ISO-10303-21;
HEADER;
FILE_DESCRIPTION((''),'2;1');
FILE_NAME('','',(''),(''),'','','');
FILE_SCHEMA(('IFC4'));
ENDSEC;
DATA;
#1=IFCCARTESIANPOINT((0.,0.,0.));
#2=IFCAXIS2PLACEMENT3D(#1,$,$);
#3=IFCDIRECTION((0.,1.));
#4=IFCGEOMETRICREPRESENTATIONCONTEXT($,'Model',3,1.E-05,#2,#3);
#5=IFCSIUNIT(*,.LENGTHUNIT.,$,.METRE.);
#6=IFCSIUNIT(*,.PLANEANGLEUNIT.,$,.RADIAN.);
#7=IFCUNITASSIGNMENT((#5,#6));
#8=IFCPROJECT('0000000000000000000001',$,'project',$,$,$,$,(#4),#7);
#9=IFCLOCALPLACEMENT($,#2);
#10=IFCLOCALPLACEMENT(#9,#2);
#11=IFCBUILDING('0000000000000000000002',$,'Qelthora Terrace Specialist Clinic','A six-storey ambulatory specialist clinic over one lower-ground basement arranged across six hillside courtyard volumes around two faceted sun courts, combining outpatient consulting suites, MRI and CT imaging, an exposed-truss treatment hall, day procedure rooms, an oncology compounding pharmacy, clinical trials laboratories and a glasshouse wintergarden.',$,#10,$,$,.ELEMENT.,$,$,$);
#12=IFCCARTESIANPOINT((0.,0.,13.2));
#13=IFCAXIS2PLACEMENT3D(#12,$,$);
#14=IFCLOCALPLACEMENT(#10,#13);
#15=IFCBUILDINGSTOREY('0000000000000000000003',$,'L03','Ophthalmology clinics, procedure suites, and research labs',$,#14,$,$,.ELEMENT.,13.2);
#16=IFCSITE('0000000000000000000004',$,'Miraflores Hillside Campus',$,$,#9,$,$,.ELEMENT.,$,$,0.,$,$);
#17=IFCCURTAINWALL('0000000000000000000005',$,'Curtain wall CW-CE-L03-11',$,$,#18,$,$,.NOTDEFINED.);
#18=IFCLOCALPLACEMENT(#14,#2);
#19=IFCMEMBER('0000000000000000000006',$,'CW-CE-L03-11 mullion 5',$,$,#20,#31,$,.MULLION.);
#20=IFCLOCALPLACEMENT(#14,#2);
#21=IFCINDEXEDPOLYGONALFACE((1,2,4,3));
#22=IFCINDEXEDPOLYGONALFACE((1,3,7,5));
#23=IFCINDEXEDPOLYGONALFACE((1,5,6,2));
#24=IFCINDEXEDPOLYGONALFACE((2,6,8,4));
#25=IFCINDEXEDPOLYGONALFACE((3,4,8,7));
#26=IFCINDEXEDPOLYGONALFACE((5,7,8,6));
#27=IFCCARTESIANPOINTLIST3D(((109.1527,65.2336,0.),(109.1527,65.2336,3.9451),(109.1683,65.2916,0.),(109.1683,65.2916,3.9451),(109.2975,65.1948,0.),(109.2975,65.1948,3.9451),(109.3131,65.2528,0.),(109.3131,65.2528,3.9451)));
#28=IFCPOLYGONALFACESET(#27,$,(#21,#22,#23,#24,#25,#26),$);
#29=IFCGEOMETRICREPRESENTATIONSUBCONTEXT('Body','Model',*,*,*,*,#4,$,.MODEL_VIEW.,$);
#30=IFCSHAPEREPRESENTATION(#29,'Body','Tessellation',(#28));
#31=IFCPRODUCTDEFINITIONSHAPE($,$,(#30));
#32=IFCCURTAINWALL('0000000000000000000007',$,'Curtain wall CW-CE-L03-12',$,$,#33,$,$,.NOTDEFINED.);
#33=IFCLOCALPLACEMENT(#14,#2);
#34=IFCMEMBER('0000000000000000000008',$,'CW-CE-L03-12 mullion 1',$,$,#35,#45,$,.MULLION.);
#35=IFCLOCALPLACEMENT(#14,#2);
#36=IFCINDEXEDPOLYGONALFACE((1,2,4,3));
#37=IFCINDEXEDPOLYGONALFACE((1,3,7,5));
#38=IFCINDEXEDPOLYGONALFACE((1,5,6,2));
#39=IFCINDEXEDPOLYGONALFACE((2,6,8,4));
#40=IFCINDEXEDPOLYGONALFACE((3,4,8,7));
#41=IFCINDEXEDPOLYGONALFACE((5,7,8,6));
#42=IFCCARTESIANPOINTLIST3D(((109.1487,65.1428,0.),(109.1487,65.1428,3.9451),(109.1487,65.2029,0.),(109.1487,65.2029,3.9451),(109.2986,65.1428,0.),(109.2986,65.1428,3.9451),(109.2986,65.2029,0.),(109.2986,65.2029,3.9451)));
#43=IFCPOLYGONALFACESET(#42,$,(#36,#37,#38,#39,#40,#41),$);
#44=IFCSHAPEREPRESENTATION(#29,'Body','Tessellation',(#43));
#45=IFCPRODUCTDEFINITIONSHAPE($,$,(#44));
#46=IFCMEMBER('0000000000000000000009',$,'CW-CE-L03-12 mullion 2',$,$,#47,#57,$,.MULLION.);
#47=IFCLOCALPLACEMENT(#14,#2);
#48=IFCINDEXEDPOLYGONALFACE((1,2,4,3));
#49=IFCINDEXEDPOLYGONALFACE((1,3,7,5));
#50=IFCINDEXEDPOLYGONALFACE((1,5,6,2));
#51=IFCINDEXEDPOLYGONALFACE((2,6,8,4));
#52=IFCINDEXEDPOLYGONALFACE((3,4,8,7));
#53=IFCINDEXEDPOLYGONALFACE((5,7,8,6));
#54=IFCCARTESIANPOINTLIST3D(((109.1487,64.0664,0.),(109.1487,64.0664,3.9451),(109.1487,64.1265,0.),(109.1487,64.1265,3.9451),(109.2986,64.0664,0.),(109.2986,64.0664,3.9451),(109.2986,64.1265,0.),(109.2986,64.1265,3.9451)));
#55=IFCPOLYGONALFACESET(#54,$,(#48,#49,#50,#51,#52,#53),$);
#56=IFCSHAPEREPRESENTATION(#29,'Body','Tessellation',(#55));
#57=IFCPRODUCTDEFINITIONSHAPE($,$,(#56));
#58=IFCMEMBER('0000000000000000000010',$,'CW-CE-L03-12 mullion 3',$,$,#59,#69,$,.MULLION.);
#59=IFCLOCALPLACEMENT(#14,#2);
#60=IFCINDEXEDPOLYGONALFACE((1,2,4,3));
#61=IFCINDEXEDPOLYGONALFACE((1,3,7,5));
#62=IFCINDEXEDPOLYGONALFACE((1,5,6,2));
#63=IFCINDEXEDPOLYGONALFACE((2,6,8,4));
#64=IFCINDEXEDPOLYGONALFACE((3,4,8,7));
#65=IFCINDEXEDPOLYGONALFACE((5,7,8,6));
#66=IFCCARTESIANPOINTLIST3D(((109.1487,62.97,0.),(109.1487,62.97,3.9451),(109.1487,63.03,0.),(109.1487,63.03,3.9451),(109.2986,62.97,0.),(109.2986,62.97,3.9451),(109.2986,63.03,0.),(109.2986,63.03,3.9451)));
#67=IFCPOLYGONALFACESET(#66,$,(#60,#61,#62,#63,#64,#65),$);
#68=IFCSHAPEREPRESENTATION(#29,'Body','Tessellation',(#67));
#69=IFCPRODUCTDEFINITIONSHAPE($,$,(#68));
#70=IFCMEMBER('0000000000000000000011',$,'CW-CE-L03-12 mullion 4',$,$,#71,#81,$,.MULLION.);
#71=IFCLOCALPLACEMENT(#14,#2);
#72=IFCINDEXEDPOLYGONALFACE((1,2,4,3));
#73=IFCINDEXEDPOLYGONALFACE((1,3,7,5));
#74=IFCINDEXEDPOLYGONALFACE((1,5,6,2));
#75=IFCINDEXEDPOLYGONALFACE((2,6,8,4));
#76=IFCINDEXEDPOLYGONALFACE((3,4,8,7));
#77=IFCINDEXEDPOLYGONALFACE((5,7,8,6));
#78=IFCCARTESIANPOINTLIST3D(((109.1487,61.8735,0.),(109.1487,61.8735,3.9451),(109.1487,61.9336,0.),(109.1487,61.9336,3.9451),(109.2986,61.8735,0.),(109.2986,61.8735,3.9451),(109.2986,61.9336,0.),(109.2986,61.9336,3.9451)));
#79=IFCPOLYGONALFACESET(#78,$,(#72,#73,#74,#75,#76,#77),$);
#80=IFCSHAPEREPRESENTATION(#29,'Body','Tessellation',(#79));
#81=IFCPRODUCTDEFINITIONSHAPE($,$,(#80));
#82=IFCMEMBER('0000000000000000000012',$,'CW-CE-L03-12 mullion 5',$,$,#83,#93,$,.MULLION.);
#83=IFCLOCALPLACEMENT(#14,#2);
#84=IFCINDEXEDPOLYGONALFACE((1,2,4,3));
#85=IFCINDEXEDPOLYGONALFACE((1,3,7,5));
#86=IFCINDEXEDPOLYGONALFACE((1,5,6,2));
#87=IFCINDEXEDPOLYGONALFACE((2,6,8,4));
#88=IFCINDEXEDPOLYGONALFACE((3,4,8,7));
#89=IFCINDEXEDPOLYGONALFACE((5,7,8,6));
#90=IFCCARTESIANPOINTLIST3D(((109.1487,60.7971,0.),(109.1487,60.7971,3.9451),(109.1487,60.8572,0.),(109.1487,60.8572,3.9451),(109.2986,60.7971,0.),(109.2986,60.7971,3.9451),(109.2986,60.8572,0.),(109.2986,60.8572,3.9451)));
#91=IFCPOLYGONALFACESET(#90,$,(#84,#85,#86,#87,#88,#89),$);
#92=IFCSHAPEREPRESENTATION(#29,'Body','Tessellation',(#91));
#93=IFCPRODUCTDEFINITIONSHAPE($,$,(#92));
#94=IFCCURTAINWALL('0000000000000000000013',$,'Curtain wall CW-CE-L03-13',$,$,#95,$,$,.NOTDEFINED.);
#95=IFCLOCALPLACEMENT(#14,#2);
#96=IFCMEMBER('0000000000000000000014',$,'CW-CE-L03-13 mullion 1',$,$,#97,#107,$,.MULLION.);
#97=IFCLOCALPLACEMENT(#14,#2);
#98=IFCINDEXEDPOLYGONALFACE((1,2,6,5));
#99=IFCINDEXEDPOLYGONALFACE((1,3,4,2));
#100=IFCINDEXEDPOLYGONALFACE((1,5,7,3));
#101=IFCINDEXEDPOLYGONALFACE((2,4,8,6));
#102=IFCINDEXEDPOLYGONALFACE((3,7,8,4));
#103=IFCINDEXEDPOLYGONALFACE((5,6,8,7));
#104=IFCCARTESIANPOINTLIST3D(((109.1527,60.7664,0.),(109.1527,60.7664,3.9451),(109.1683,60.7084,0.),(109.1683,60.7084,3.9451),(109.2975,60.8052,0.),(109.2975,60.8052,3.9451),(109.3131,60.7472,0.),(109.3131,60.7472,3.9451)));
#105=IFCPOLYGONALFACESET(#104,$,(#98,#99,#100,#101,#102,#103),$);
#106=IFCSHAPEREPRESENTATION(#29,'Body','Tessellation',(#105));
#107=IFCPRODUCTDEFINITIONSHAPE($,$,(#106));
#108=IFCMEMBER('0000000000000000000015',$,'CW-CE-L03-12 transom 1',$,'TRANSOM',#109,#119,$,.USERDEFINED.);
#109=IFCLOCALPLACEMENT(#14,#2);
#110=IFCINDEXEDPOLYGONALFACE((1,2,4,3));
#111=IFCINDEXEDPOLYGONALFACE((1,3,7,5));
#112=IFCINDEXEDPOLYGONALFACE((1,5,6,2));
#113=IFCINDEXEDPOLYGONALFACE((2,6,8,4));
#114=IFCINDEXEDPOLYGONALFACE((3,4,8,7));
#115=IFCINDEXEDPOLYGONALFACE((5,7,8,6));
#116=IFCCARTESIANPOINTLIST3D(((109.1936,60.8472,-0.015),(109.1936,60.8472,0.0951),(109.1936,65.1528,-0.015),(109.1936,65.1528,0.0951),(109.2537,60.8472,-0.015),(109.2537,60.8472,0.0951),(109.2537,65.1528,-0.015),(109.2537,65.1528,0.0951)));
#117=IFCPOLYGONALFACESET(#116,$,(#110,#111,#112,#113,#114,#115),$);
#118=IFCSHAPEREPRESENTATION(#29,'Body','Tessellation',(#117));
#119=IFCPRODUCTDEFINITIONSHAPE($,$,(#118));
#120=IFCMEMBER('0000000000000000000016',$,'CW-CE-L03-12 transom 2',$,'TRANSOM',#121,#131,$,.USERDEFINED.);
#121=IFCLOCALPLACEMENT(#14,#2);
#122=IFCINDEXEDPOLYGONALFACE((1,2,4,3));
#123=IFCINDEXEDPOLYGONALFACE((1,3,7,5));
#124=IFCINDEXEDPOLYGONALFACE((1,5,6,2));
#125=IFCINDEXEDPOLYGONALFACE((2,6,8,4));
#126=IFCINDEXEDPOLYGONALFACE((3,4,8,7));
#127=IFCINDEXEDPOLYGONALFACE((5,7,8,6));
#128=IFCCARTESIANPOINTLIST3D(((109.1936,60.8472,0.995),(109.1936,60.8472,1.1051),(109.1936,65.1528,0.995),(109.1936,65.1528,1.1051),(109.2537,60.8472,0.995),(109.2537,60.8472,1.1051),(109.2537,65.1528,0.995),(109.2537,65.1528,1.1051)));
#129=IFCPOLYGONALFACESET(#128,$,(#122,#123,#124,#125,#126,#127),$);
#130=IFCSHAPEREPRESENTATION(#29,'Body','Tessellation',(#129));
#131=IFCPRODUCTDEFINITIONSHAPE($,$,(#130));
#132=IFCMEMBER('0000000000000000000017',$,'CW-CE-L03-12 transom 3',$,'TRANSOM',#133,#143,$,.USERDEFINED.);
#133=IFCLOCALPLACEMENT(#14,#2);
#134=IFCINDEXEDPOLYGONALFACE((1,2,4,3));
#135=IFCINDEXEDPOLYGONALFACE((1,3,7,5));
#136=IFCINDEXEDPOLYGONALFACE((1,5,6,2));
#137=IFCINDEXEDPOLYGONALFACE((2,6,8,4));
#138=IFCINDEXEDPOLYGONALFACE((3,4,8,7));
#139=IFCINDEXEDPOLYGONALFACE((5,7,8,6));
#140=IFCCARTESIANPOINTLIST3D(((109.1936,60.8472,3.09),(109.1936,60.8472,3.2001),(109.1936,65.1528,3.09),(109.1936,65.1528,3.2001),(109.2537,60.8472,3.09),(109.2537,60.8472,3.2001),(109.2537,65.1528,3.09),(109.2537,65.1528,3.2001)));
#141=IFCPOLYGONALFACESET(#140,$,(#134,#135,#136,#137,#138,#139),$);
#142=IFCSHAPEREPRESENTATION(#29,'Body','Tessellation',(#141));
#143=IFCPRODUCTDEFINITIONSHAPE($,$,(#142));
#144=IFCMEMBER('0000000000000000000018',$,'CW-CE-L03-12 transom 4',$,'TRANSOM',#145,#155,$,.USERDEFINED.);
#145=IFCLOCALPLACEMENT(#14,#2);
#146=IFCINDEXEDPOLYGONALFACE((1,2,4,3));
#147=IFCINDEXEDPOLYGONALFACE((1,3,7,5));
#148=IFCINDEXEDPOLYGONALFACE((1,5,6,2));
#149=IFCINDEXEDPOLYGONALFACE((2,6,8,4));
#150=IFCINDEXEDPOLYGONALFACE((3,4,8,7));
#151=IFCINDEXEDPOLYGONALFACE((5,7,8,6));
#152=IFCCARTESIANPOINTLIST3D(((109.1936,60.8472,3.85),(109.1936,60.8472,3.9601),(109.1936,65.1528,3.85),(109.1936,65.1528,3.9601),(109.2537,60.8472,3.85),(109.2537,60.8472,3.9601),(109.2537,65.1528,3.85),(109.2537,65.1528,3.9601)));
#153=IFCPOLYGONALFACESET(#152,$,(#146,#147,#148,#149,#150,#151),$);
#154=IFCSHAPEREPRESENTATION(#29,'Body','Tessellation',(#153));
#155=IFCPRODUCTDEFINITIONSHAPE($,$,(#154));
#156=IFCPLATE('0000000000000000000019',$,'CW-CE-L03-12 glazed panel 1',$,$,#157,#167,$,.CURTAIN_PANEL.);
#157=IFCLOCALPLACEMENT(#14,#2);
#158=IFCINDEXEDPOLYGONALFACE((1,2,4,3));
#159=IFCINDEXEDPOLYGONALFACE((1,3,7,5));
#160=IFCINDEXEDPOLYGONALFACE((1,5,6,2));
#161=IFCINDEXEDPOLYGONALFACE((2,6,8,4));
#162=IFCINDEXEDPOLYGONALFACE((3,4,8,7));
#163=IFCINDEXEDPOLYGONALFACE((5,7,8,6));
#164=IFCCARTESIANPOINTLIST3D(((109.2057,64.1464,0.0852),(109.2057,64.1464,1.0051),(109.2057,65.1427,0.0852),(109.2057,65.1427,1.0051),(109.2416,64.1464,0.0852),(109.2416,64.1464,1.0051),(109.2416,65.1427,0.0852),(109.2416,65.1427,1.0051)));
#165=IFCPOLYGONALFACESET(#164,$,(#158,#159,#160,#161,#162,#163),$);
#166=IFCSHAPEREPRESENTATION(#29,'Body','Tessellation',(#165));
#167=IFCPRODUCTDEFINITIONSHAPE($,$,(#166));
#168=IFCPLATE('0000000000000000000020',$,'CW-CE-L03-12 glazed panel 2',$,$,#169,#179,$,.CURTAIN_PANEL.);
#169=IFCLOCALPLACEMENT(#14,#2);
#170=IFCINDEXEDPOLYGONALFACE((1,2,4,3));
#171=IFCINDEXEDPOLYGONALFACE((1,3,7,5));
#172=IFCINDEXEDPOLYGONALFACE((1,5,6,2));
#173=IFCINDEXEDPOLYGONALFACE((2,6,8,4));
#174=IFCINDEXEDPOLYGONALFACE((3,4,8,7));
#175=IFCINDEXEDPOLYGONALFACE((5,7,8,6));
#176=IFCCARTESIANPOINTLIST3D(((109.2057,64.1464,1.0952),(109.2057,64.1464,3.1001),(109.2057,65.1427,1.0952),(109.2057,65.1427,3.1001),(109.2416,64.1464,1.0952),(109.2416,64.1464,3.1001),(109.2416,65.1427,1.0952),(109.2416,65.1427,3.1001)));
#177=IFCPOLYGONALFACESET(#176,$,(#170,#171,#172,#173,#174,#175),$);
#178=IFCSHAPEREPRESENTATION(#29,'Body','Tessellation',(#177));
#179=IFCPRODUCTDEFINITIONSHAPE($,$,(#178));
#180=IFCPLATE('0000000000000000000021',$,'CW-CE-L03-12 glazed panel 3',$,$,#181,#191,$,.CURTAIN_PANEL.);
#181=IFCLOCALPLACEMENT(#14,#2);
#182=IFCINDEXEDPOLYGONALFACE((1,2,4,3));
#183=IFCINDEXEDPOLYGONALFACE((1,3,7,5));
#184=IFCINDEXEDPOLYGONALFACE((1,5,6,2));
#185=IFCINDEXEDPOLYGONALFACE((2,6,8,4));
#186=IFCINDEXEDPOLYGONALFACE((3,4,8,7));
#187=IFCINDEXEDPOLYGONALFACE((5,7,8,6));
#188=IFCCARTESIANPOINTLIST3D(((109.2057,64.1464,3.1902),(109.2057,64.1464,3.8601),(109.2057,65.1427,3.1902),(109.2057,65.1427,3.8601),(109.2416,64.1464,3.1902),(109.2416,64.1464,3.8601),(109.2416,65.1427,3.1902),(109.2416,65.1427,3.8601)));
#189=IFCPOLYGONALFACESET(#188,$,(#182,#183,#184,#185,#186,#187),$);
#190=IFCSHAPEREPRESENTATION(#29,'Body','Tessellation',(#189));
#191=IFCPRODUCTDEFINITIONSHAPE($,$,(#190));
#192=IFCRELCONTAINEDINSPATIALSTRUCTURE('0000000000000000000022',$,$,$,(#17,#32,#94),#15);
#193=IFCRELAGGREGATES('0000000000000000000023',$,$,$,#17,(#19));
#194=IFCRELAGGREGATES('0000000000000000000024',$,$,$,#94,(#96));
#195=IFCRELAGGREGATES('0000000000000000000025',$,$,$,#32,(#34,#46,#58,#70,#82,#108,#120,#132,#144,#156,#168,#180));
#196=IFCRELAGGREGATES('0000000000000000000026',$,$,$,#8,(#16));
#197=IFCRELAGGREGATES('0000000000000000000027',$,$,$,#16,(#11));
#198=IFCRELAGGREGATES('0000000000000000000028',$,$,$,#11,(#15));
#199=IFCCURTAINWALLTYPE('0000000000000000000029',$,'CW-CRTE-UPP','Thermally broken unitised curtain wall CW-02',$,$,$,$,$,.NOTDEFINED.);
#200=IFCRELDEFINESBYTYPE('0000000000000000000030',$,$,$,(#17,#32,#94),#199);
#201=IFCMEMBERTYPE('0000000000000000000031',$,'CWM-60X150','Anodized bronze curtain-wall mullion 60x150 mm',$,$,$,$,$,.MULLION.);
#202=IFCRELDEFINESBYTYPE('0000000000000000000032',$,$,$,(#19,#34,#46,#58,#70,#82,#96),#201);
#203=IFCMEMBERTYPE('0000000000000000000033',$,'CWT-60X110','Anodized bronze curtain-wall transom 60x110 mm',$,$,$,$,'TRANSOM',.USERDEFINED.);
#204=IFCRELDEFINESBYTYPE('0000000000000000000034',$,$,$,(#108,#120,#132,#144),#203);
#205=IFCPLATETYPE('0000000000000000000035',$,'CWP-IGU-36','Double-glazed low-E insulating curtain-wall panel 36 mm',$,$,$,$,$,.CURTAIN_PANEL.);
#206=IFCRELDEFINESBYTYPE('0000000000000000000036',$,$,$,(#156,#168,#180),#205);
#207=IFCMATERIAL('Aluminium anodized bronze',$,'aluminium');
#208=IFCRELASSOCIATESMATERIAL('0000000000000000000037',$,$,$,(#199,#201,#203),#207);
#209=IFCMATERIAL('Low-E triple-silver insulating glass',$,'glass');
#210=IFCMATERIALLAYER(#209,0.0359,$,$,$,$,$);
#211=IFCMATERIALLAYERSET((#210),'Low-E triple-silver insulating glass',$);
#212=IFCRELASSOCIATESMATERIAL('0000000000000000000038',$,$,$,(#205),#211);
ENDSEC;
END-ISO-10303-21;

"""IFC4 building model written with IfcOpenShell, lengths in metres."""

from ifc_helpers import new_model, si_unit, direction, frame, origin, origin_2d, place, context, subcontext, project, spatial, rectangle, extrude, material, layer, layer_set, material_profile, profile_set, type_object, element, aggregate, save


model = new_model("IFC4")

# Units and contexts
model_context = context("Model", 3, precision=1e-05, world=origin(), true_north=direction((0.0, 1.0)))
body_context = subcontext(model_context, "Body", "Model", "MODEL_VIEW")
ifc_project = project(units=[si_unit("LENGTHUNIT", "METRE"), si_unit("PLANEANGLEUNIT", "RADIAN")], contexts=[model_context])

# Site, building, storey
site_placement = place(None, origin())
site = spatial("IfcSite", under=ifc_project, at=site_placement, Name="Miraflores Hillside Campus", CompositionType="ELEMENT", RefElevation=0.0)
building_placement = place(site_placement, origin())
building = spatial("IfcBuilding", under=site, at=building_placement, Name="Qelthora Terrace Specialist Clinic", Description="A six-storey ambulatory specialist clinic over one lower-ground basement arranged across six hillside courtyard volumes around two faceted sun courts, combining outpatient consulting suites, MRI and CT imaging, an exposed-truss treatment hall, day procedure rooms, an oncology compounding pharmacy, clinical trials laboratories and a glasshouse wintergarden.", CompositionType="ELEMENT")
storey_placement = place(building_placement, frame((0.0, 0.0, 13.2)))
storey = spatial("IfcBuildingStorey", under=building, at=storey_placement, Name="L03", Description="Ophthalmology clinics, procedure suites, and research labs", CompositionType="ELEMENT", Elevation=13.2)

# Curtain wall, member
ifc_material_1 = material(Name="Aluminium anodized bronze", Category="aluminium")
curtain_wall_type = type_object("IfcCurtainWallType", Name="CW-CRTE-UPP", Description="Thermally broken unitised curtain wall CW-02", PredefinedType="NOTDEFINED", material=ifc_material_1)
curtain_wall_1_placement = place(storey_placement, origin())
curtain_wall_1 = element("IfcCurtainWall", 1, at=curtain_wall_1_placement, inside=storey, type_object=curtain_wall_type, Name="Curtain wall CW-CE-L03-11", PredefinedType="NOTDEFINED")
ifc_material_profile_1 = material_profile(ifc_material_1, rectangle(XDim=0.0601, YDim=0.1499, at=origin_2d()), Name="CWM60X150")
ifc_profile_set_1 = profile_set([ifc_material_profile_1], Name="Aluminium anodized bronze")
member_type_1 = type_object("IfcMemberType", Name="CWM-60X150", Description="Anodized bronze curtain-wall mullion 60x150 mm", PredefinedType="MULLION", material=ifc_profile_set_1)
member_1_placement = place(storey_placement, frame((109.2329, 65.2432, 0.0), z_axis=(0.0, 0.0, 1.0), x_axis=(-0.25882, -0.965926, 0.0)))
member_1 = element("IfcMember", 2, at=member_1_placement, type_object=member_type_1, Name="CW-CE-L03-11 mullion 5", PredefinedType="MULLION", context=body_context, shape_type="SweptSolid", body=[
    extrude(rectangle(XDim=0.0601, YDim=0.1499, at=origin_2d()), origin(), (0.0, 0.0, 1.0), 3.9451),
])
aggregate(curtain_wall_1, [member_1])

# Curtain wall, members
curtain_wall_2_placement = place(storey_placement, origin())
curtain_wall_2 = element("IfcCurtainWall", 3, at=curtain_wall_2_placement, inside=storey, type_object=curtain_wall_type, Name="Curtain wall CW-CE-L03-12", PredefinedType="NOTDEFINED")
member_2_placement = place(storey_placement, frame((109.2236, 65.1729, 0.0), z_axis=(0.0, 0.0, 1.0), x_axis=(0.0, -1.0, 0.0)))
member_2 = element("IfcMember", 4, at=member_2_placement, type_object=member_type_1, Name="CW-CE-L03-12 mullion 1", PredefinedType="MULLION", context=body_context, shape_type="SweptSolid", body=[
    extrude(rectangle(XDim=0.0601, YDim=0.1499, at=origin_2d()), origin(), (0.0, 0.0, 1.0), 3.9451),
])
member_3_placement = place(storey_placement, frame((109.2236, 64.0964, 0.0), z_axis=(0.0, 0.0, 1.0), x_axis=(0.0, -1.0, 0.0)))
member_3 = element("IfcMember", 5, at=member_3_placement, type_object=member_type_1, Name="CW-CE-L03-12 mullion 2", PredefinedType="MULLION", context=body_context, shape_type="SweptSolid", body=[
    extrude(rectangle(XDim=0.0601, YDim=0.1499, at=origin_2d()), origin(), (0.0, 0.0, 1.0), 3.9451),
])
member_4_placement = place(storey_placement, frame((109.2236, 63.0, 0.0), z_axis=(0.0, 0.0, 1.0), x_axis=(0.0, -1.0, 0.0)))
member_4 = element("IfcMember", 6, at=member_4_placement, type_object=member_type_1, Name="CW-CE-L03-12 mullion 3", PredefinedType="MULLION", context=body_context, shape_type="SweptSolid", body=[
    extrude(rectangle(XDim=0.0601, YDim=0.1499, at=origin_2d()), origin(), (0.0, 0.0, 1.0), 3.9451),
])
member_5_placement = place(storey_placement, frame((109.2236, 61.9036, 0.0), z_axis=(0.0, 0.0, 1.0), x_axis=(0.0, -1.0, 0.0)))
member_5 = element("IfcMember", 7, at=member_5_placement, type_object=member_type_1, Name="CW-CE-L03-12 mullion 4", PredefinedType="MULLION", context=body_context, shape_type="SweptSolid", body=[
    extrude(rectangle(XDim=0.0601, YDim=0.1499, at=origin_2d()), origin(), (0.0, 0.0, 1.0), 3.9451),
])
member_6_placement = place(storey_placement, frame((109.2236, 60.8271, 0.0), z_axis=(0.0, 0.0, 1.0), x_axis=(0.0, -1.0, 0.0)))
member_6 = element("IfcMember", 8, at=member_6_placement, type_object=member_type_1, Name="CW-CE-L03-12 mullion 5", PredefinedType="MULLION", context=body_context, shape_type="SweptSolid", body=[
    extrude(rectangle(XDim=0.0601, YDim=0.1499, at=origin_2d()), origin(), (0.0, 0.0, 1.0), 3.9451),
])

# Curtain wall, member
curtain_wall_3_placement = place(storey_placement, origin())
curtain_wall_3 = element("IfcCurtainWall", 9, at=curtain_wall_3_placement, inside=storey, type_object=curtain_wall_type, Name="Curtain wall CW-CE-L03-13", PredefinedType="NOTDEFINED")
member_7_placement = place(storey_placement, frame((109.2329, 60.7568, 0.0), z_axis=(0.0, 0.0, 1.0), x_axis=(0.25882, -0.965926, 0.0)))
member_7 = element("IfcMember", 10, at=member_7_placement, type_object=member_type_1, Name="CW-CE-L03-13 mullion 1", PredefinedType="MULLION", context=body_context, shape_type="SweptSolid", body=[
    extrude(rectangle(XDim=0.0601, YDim=0.1499, at=origin_2d()), origin(), (0.0, 0.0, 1.0), 3.9451),
])
aggregate(curtain_wall_3, [member_7])

# Members
ifc_material_profile_2 = material_profile(ifc_material_1, rectangle(XDim=0.0601, YDim=0.1101, at=origin_2d()), Name="CWT60X110")
ifc_profile_set_2 = profile_set([ifc_material_profile_2], Name="Aluminium anodized bronze")
member_type_2 = type_object("IfcMemberType", Name="CWT-60X110", Description="Anodized bronze curtain-wall transom 60x110 mm", ElementType="TRANSOM", PredefinedType="USERDEFINED", material=ifc_profile_set_2)
member_8_placement = place(storey_placement, frame((109.2236, 65.1528, 0.04), z_axis=(0.0, -1.0, 0.0), x_axis=(1.0, 0.0, 0.0)))
member_8 = element("IfcMember", 11, at=member_8_placement, type_object=member_type_2, Name="CW-CE-L03-12 transom 1", ObjectType="TRANSOM", PredefinedType="USERDEFINED", context=body_context, shape_type="SweptSolid", body=[
    extrude(rectangle(XDim=0.0601, YDim=0.1101, at=origin_2d()), origin(), (0.0, 0.0, 1.0), 4.3057),
])
member_9_placement = place(storey_placement, frame((109.2236, 65.1528, 1.05), z_axis=(0.0, -1.0, 0.0), x_axis=(1.0, 0.0, 0.0)))
member_9 = element("IfcMember", 12, at=member_9_placement, type_object=member_type_2, Name="CW-CE-L03-12 transom 2", ObjectType="TRANSOM", PredefinedType="USERDEFINED", context=body_context, shape_type="SweptSolid", body=[
    extrude(rectangle(XDim=0.0601, YDim=0.1101, at=origin_2d()), origin(), (0.0, 0.0, 1.0), 4.3057),
])
member_10_placement = place(storey_placement, frame((109.2236, 65.1528, 3.145), z_axis=(0.0, -1.0, 0.0), x_axis=(1.0, 0.0, 0.0)))
member_10 = element("IfcMember", 13, at=member_10_placement, type_object=member_type_2, Name="CW-CE-L03-12 transom 3", ObjectType="TRANSOM", PredefinedType="USERDEFINED", context=body_context, shape_type="SweptSolid", body=[
    extrude(rectangle(XDim=0.0601, YDim=0.1101, at=origin_2d()), origin(), (0.0, 0.0, 1.0), 4.3057),
])
member_11_placement = place(storey_placement, frame((109.2236, 65.1528, 3.905), z_axis=(0.0, -1.0, 0.0), x_axis=(1.0, 0.0, 0.0)))
member_11 = element("IfcMember", 14, at=member_11_placement, type_object=member_type_2, Name="CW-CE-L03-12 transom 4", ObjectType="TRANSOM", PredefinedType="USERDEFINED", context=body_context, shape_type="SweptSolid", body=[
    extrude(rectangle(XDim=0.0601, YDim=0.1101, at=origin_2d()), origin(), (0.0, 0.0, 1.0), 4.3057),
])

# Plates
ifc_material_2 = material(Name="Low-E triple-silver insulating glass", Category="glass")
ifc_layer = layer(ifc_material_2, 0.0359)
ifc_layer_set = layer_set([ifc_layer], Name="Low-E triple-silver insulating glass")
plate_type = type_object("IfcPlateType", Name="CWP-IGU-36", Description="Double-glazed low-E insulating curtain-wall panel 36 mm", PredefinedType="CURTAIN_PANEL", material=ifc_layer_set)
plate_1_placement = place(storey_placement, frame((109.2236, 64.6445, 0.0852), z_axis=(0.0, 0.0, 1.0), x_axis=(0.0, -1.0, 0.0)))
plate_1 = element("IfcPlate", 15, at=plate_1_placement, type_object=plate_type, Name="CW-CE-L03-12 glazed panel 1", PredefinedType="CURTAIN_PANEL", context=body_context, shape_type="SweptSolid", body=[
    extrude(rectangle(XDim=0.9963, YDim=0.0359, at=origin_2d()), origin(), (0.0, 0.0, 1.0), 0.9199),
])
plate_2_placement = place(storey_placement, frame((109.2236, 64.6445, 1.0952), z_axis=(0.0, 0.0, 1.0), x_axis=(0.0, -1.0, 0.0)))
plate_2 = element("IfcPlate", 16, at=plate_2_placement, type_object=plate_type, Name="CW-CE-L03-12 glazed panel 2", PredefinedType="CURTAIN_PANEL", context=body_context, shape_type="SweptSolid", body=[
    extrude(rectangle(XDim=0.9963, YDim=0.0359, at=origin_2d()), origin(), (0.0, 0.0, 1.0), 2.0049),
])
plate_3_placement = place(storey_placement, frame((109.2236, 64.6445, 3.1902), z_axis=(0.0, 0.0, 1.0), x_axis=(0.0, -1.0, 0.0)))
plate_3 = element("IfcPlate", 17, at=plate_3_placement, type_object=plate_type, Name="CW-CE-L03-12 glazed panel 3", PredefinedType="CURTAIN_PANEL", context=body_context, shape_type="SweptSolid", body=[
    extrude(rectangle(XDim=0.9963, YDim=0.0359, at=origin_2d()), origin(), (0.0, 0.0, 1.0), 0.6699),
])
aggregate(curtain_wall_2, [member_2, member_3, member_4, member_5, member_6, member_8, member_9, member_10, member_11, plate_1, plate_2, plate_3])

save(model, "model.ifc")
